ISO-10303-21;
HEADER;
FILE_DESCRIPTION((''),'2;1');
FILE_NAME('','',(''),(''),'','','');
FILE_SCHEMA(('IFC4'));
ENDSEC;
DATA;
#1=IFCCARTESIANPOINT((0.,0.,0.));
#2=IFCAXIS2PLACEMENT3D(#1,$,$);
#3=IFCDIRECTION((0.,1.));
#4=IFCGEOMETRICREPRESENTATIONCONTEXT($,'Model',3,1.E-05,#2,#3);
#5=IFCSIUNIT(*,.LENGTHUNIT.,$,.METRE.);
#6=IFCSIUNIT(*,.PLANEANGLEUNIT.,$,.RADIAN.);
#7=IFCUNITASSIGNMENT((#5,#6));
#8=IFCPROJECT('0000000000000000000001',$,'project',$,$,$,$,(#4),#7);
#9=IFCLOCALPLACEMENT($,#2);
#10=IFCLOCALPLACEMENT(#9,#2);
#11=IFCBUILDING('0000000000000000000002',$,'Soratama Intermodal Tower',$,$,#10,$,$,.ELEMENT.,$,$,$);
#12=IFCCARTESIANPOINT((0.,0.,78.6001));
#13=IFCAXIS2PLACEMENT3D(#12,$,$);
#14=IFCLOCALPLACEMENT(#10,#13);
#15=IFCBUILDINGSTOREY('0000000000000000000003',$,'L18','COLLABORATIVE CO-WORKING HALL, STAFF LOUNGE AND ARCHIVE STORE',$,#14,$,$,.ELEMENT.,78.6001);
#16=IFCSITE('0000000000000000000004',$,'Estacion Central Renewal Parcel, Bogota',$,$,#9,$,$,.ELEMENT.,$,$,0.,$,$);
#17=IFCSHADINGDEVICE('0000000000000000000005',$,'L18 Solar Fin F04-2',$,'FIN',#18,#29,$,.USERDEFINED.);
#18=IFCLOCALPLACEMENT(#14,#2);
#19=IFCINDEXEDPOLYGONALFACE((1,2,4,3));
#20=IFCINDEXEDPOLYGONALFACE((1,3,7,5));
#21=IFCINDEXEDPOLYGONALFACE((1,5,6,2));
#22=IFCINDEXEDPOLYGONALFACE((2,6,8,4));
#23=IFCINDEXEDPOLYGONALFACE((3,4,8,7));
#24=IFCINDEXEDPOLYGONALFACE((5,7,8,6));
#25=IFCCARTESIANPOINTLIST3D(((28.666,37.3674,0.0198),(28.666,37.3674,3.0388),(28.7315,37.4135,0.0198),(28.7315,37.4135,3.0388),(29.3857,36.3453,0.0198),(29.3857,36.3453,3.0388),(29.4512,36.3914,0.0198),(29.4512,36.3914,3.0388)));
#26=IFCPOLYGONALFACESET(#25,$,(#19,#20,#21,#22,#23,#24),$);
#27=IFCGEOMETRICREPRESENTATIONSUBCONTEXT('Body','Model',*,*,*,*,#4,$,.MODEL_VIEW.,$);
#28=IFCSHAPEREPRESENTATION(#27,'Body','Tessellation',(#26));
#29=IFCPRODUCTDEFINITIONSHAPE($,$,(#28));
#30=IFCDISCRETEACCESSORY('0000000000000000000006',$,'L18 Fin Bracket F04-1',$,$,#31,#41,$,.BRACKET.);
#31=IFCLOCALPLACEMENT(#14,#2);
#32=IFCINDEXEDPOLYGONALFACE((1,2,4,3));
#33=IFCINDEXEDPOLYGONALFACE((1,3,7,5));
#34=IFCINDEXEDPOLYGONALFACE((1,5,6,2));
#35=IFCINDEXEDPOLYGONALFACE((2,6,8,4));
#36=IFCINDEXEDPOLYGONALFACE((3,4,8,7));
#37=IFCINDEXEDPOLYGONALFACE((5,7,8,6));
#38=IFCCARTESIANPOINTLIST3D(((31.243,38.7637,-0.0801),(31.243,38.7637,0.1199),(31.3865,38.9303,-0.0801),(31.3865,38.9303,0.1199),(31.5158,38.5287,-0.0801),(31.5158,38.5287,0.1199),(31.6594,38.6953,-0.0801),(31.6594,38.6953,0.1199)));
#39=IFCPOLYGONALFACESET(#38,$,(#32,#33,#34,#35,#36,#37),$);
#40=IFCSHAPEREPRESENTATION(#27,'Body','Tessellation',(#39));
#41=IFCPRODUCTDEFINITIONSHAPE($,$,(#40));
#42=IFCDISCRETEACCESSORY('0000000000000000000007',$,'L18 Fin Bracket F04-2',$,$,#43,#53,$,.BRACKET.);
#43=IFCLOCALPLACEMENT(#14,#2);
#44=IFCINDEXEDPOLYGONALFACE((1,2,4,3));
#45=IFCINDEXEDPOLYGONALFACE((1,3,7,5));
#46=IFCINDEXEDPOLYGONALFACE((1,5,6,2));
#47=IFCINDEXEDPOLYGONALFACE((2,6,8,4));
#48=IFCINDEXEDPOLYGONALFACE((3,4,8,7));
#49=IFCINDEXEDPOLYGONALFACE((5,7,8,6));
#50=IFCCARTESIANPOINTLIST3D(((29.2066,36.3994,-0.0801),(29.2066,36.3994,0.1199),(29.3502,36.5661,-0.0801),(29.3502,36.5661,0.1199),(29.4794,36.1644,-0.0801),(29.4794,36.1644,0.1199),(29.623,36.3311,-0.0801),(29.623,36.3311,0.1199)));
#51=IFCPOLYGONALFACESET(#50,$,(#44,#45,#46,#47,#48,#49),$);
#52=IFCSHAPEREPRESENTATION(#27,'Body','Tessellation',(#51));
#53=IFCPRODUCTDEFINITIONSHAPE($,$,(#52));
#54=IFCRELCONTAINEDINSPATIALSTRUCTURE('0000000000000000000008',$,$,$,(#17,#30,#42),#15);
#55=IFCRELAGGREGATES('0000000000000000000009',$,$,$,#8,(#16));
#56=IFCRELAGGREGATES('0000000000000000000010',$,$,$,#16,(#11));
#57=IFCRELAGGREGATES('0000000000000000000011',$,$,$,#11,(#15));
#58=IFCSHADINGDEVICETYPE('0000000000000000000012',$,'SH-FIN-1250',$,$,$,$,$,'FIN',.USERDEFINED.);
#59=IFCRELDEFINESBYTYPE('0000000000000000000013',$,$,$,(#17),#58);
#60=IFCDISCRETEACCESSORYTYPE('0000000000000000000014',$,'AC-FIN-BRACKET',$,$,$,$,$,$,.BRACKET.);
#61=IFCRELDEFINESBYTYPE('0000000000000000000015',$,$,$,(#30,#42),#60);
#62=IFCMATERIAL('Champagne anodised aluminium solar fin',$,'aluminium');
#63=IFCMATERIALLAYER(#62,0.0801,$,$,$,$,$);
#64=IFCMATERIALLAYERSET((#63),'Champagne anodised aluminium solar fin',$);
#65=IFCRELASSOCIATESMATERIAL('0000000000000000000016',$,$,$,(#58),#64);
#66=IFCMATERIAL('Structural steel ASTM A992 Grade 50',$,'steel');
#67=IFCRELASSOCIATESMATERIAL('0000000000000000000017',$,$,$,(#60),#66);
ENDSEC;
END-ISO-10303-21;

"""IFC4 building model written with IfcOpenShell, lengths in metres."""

from ifc_helpers import new_model, si_unit, direction, frame, origin, origin_2d, place, context, subcontext, project, spatial, rectangle, extrude, material, layer, layer_set, type_object, element, save


model = new_model("IFC4")

# Units and contexts
model_context = context("Model", 3, precision=1e-05, world=origin(), true_north=direction((0.0, 1.0)))
body_context = subcontext(model_context, "Body", "Model", "MODEL_VIEW")
ifc_project = project(units=[si_unit("LENGTHUNIT", "METRE"), si_unit("PLANEANGLEUNIT", "RADIAN")], contexts=[model_context])

# Site, building, storey
site_placement = place(None, origin())
site = spatial("IfcSite", under=ifc_project, at=site_placement, Name="Estacion Central Renewal Parcel, Bogota", CompositionType="ELEMENT", RefElevation=0.0)
building_placement = place(site_placement, origin())
building = spatial("IfcBuilding", under=site, at=building_placement, Name="Soratama Intermodal Tower", CompositionType="ELEMENT")
storey_placement = place(building_placement, frame((0.0, 0.0, 78.6001)))
storey = spatial("IfcBuildingStorey", under=building, at=storey_placement, Name="L18", Description="COLLABORATIVE CO-WORKING HALL, STAFF LOUNGE AND ARCHIVE STORE", CompositionType="ELEMENT", Elevation=78.6001)

# Shading device
ifc_material_1 = material(Name="Champagne anodised aluminium solar fin", Category="aluminium")
ifc_layer_1 = layer(ifc_material_1, 0.0801)
ifc_layer_set_1 = layer_set([ifc_layer_1], Name="Champagne anodised aluminium solar fin")
shading_device_type = type_object("IfcShadingDeviceType", Name="SH-FIN-1250", ElementType="FIN", PredefinedType="USERDEFINED", material=ifc_layer_set_1)
for number, where, z_axis, x_axis, name in (
    (1, (29.0586, 36.8794, 0.0198), (0.0, 0.0, 1.0), (-0.575719, 0.817648, 0.0), "L18 Solar Fin F04-2"),
):
    element("IfcShadingDevice", number, at=place(storey_placement, frame(where, z_axis=z_axis, x_axis=x_axis)), inside=storey, type_object=shading_device_type, Name=name, ObjectType="FIN", PredefinedType="USERDEFINED", context=body_context, shape_type="SweptSolid", body=[
        extrude(rectangle(XDim=1.25, YDim=0.0801, at=origin_2d()), origin(), (0.0, 0.0, 1.0), 3.019),
    ])

# Discrete accessories
ifc_material_2 = material(Name="Structural steel ASTM A992 Grade 50", Category="steel")
discrete_accessory_type = type_object("IfcDiscreteAccessoryType", Name="AC-FIN-BRACKET", PredefinedType="BRACKET", material=ifc_material_2)
for number, where, z_axis, x_axis, name in (
    (2, (31.4512, 38.7295, -0.0801), (0.0, 0.0, 1.0), (-0.757679, 0.652628, 0.0), "L18 Fin Bracket F04-1"),
    (3, (29.4148, 36.3652, -0.0801), (0.0, 0.0, 1.0), (-0.757679, 0.652628, 0.0), "L18 Fin Bracket F04-2"),
):
    element("IfcDiscreteAccessory", number, at=place(storey_placement, frame(where, z_axis=z_axis, x_axis=x_axis)), inside=storey, type_object=discrete_accessory_type, Name=name, PredefinedType="BRACKET", context=body_context, shape_type="SweptSolid", body=[
        extrude(rectangle(XDim=0.3601, YDim=0.22, at=origin_2d()), origin(), (0.0, 0.0, 1.0), 0.2),
    ])

save(model, "model.ifc")
